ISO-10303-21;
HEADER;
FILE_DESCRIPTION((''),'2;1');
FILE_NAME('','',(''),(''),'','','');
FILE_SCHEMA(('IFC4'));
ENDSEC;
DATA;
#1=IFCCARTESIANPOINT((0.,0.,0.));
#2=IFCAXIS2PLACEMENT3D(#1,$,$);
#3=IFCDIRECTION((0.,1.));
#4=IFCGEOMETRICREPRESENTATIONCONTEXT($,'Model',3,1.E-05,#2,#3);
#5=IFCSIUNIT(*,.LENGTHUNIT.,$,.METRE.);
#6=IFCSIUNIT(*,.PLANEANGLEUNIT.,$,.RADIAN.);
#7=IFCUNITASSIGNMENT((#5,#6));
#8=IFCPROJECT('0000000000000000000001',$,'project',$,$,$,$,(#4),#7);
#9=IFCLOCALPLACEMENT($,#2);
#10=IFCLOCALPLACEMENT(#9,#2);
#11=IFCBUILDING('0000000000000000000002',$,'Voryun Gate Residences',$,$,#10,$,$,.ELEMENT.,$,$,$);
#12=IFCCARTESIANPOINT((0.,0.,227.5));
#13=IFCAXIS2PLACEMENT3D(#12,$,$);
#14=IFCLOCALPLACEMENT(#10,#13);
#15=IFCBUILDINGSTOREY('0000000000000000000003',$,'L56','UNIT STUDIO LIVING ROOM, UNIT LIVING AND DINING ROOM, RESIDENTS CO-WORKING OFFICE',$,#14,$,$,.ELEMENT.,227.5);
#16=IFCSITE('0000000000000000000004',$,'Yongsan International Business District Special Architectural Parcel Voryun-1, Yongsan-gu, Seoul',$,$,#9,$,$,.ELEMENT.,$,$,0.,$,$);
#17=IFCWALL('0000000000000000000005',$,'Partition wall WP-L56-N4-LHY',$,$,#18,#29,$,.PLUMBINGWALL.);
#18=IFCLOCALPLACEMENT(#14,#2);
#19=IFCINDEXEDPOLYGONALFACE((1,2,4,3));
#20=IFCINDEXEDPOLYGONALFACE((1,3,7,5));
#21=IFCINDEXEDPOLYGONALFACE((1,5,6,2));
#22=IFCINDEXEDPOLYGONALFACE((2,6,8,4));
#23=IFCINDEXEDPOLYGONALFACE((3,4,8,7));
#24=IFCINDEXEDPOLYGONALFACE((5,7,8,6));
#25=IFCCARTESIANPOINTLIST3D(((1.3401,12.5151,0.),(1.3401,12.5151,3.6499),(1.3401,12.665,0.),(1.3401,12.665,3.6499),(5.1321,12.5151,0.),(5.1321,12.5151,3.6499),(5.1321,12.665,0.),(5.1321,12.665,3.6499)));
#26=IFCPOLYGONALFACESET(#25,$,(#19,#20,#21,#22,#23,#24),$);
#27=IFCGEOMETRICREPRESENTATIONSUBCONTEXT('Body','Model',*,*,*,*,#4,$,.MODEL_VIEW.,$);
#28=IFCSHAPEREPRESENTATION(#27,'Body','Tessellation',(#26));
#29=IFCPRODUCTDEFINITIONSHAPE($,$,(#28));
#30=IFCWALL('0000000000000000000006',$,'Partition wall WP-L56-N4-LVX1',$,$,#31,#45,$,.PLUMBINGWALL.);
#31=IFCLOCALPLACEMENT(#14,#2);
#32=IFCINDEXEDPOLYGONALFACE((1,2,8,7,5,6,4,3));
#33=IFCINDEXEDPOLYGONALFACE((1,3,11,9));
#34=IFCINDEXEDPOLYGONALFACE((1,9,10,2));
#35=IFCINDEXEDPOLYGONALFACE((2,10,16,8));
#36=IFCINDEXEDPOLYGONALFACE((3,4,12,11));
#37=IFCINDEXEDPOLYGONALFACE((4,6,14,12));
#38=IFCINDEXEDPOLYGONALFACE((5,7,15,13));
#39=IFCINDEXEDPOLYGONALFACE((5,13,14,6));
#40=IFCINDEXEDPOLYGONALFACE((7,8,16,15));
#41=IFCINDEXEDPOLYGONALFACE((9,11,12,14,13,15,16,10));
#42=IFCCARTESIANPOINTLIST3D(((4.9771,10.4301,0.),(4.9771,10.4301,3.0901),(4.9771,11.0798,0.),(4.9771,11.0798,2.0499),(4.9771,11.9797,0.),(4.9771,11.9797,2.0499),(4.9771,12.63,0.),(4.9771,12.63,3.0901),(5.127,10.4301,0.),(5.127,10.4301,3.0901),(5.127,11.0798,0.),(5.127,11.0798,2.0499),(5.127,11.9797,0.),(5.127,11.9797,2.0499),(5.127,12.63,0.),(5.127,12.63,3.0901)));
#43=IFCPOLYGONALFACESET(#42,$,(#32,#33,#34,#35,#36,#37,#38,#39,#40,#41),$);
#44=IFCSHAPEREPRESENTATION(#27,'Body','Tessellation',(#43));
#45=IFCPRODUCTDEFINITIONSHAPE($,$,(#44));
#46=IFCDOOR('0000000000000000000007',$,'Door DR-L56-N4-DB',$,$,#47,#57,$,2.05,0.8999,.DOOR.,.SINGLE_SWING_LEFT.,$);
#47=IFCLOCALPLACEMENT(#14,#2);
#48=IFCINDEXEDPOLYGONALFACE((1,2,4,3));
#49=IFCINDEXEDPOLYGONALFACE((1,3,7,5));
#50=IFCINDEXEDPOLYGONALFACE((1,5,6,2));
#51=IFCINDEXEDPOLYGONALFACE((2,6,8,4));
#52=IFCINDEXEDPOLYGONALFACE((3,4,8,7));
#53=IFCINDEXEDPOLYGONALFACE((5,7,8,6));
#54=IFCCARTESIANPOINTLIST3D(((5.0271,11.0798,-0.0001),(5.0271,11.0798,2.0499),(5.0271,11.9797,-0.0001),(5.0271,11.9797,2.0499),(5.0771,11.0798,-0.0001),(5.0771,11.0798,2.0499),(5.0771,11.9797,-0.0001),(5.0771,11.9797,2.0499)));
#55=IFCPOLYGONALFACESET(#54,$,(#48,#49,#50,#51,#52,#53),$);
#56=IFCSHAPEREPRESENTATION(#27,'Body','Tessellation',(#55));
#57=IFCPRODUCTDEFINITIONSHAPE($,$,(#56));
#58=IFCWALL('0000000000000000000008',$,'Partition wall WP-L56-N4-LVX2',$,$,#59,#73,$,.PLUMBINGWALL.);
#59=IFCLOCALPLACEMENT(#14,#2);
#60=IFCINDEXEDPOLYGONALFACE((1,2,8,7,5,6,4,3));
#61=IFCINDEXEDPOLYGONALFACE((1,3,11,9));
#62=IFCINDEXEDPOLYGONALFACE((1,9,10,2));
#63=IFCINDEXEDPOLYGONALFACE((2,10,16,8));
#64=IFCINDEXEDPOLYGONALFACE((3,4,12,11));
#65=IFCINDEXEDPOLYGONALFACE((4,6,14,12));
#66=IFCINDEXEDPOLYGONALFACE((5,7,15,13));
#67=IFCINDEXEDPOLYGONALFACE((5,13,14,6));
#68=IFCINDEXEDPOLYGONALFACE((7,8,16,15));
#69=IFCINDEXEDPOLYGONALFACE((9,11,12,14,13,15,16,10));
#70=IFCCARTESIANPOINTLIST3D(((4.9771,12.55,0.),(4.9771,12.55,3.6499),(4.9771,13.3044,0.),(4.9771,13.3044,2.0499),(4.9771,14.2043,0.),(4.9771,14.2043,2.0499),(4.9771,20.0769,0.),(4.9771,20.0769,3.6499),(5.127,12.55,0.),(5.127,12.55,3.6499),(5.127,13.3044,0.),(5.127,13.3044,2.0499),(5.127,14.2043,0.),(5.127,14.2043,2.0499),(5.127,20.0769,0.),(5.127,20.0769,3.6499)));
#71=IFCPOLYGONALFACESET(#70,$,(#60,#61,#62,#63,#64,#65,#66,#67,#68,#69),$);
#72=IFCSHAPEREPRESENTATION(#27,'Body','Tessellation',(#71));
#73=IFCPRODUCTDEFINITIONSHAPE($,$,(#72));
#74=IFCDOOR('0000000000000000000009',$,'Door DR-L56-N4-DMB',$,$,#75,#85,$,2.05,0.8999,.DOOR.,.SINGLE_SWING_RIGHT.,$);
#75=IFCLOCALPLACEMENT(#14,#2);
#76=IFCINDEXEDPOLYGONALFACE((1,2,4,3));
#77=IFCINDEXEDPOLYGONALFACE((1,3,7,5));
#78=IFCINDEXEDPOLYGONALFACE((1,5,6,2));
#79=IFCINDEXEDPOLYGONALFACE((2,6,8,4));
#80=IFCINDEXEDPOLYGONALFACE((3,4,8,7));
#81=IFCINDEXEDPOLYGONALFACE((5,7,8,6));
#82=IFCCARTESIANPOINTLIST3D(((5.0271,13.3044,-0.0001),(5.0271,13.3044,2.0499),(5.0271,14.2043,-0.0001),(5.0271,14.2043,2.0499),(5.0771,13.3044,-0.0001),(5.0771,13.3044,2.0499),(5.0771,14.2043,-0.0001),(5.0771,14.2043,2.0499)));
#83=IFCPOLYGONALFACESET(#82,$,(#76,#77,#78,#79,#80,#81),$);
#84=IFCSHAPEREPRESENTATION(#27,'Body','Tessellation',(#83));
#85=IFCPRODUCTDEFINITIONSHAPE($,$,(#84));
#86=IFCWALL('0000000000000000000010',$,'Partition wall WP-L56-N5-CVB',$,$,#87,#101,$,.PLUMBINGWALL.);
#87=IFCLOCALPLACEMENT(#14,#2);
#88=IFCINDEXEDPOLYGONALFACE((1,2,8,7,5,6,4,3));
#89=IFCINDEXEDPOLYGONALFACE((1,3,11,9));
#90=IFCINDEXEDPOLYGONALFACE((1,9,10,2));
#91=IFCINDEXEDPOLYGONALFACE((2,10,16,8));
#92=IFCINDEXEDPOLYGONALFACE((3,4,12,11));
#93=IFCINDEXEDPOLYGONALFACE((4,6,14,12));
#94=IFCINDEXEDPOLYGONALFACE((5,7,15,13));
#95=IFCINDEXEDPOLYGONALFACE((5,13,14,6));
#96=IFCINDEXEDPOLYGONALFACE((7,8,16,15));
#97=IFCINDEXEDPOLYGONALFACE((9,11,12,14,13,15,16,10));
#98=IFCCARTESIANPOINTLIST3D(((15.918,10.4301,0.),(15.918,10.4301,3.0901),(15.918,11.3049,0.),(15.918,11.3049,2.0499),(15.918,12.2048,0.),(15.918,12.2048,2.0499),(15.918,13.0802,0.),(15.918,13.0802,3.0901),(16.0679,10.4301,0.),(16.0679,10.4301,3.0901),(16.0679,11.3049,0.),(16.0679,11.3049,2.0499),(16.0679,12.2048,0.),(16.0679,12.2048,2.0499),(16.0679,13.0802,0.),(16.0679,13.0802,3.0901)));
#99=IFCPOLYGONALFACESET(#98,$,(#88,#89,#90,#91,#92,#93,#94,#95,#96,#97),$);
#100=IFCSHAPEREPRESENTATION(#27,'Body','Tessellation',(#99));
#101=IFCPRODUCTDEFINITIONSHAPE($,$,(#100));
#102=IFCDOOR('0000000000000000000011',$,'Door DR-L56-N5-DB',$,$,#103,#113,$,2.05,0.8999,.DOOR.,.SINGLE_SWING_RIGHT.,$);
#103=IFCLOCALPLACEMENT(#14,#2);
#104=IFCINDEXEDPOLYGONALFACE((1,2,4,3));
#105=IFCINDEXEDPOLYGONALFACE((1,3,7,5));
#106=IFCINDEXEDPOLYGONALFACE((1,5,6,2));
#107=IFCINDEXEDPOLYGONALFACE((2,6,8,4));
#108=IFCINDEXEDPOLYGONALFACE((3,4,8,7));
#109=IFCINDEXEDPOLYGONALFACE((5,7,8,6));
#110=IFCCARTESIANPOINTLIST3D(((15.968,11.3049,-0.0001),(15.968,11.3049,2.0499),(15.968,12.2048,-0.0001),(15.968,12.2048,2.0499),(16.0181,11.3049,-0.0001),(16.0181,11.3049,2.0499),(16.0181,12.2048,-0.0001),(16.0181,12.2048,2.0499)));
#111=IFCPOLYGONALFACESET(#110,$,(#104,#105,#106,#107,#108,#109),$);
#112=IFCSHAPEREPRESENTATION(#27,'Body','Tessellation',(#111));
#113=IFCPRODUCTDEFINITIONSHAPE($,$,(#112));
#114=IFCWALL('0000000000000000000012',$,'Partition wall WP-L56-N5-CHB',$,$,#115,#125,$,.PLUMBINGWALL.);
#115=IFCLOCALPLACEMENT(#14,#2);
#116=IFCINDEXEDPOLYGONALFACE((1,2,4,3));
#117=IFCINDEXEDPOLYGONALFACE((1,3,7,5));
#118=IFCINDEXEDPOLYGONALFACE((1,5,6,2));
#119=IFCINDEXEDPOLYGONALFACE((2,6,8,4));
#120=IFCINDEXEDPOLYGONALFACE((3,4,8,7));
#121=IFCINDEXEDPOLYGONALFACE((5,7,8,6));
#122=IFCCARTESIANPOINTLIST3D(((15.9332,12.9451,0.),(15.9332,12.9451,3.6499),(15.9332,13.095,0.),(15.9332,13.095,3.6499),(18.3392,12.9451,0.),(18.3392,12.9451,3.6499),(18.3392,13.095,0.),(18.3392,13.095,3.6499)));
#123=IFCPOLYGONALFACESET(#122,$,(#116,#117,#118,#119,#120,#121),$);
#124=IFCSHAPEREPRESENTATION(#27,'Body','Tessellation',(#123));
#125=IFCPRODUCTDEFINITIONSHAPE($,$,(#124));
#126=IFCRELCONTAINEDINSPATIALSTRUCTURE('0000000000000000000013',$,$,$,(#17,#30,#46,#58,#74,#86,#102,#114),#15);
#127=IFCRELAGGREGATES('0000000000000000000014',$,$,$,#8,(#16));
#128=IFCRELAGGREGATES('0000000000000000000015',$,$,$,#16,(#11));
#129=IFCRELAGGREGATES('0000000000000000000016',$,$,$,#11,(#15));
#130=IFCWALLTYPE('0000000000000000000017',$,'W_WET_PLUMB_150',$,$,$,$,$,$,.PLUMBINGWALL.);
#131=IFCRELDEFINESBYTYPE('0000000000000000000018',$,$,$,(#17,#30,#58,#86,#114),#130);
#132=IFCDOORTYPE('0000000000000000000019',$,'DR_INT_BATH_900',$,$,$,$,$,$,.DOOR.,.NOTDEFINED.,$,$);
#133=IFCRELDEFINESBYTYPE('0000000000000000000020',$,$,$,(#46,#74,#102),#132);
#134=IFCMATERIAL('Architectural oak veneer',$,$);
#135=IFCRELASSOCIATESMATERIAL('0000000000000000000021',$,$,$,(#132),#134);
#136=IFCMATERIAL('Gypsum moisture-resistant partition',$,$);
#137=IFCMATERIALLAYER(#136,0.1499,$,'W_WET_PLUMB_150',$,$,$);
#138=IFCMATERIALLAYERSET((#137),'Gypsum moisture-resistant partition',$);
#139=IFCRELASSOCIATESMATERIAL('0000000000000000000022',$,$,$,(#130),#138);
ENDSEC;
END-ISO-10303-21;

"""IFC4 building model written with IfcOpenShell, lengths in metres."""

from ifc_helpers import new_model, si_unit, direction, frame, frame_2d, origin, place, context, subcontext, project, spatial, rectangle, extrude, material, layer, layer_set, type_object, element, fill, save


model = new_model("IFC4")

# Units and contexts
model_context = context("Model", 3, precision=1e-05, world=origin(), true_north=direction((0.0, 1.0)))
body_context = subcontext(model_context, "Body", "Model", "MODEL_VIEW")
ifc_project = project(units=[si_unit("LENGTHUNIT", "METRE"), si_unit("PLANEANGLEUNIT", "RADIAN")], contexts=[model_context])

# Site, building, storey
site_placement = place(None, origin())
site = spatial("IfcSite", under=ifc_project, at=site_placement, Name="Yongsan International Business District Special Architectural Parcel Voryun-1, Yongsan-gu, Seoul", CompositionType="ELEMENT", RefElevation=0.0)
building_placement = place(site_placement, origin())
building = spatial("IfcBuilding", under=site, at=building_placement, Name="Voryun Gate Residences", CompositionType="ELEMENT")
storey_placement = place(building_placement, frame((0.0, 0.0, 227.5)))
storey = spatial("IfcBuildingStorey", under=building, at=storey_placement, Name="L56", Description="UNIT STUDIO LIVING ROOM, UNIT LIVING AND DINING ROOM, RESIDENTS CO-WORKING OFFICE", CompositionType="ELEMENT", Elevation=227.5)

# Shared definitions
ifc_material_1 = material(Name="Architectural oak veneer")
door_type_1 = type_object("IfcDoorType", Name="DR_INT_BATH_900", OperationType="NOTDEFINED", PredefinedType="DOOR", material=ifc_material_1)

# Wall
ifc_material_2 = material(Name="Gypsum moisture-resistant partition")
ifc_layer_1 = layer(ifc_material_2, 0.1499, Name="W_WET_PLUMB_150")
ifc_layer_set_1 = layer_set([ifc_layer_1], Name="Gypsum moisture-resistant partition")
wall_type_1 = type_object("IfcWallType", Name="W_WET_PLUMB_150", PredefinedType="PLUMBINGWALL", material=ifc_layer_set_1)
wall_1_placement = place(storey_placement, frame((1.3401, 12.5901, 0.0), z_axis=(0.0, 0.0, 1.0), x_axis=(1.0, 0.0, 0.0)))
element("IfcWall", 1, at=wall_1_placement, inside=storey, type_object=wall_type_1, Name="Partition wall WP-L56-N4-LHY", PredefinedType="PLUMBINGWALL", context=body_context, shape_type="SweptSolid", body=[
    extrude(rectangle(XDim=3.792, YDim=0.1499, at=frame_2d((1.896, 0.0))), origin(), (0.0, 0.0, 1.0), 3.6499),
])

# Walls, openings, doors
wall_2_placement = place(storey_placement, frame((5.052, 10.4299, 0.0), z_axis=(0.0, 0.0, 1.0), x_axis=(0.0, 1.0, 0.0)))
wall_2 = element("IfcWall", 2, at=wall_2_placement, inside=storey, type_object=wall_type_1, Name="Partition wall WP-L56-N4-LVX1", PredefinedType="PLUMBINGWALL", context=body_context, shape_type="SweptSolid", body=[
    extrude(rectangle(XDim=2.2, YDim=0.1499, at=frame_2d((1.1001, 0.0))), origin(), (0.0, 0.0, 1.0), 3.0901),
])
opening_1_placement = place(wall_2_placement, frame((0.6499, 0.0, 0.0)))
opening_1 = element("IfcOpeningElement", 3, at=opening_1_placement, cuts=wall_2, PredefinedType="OPENING", context=body_context, shape_type="SweptSolid", body=[
    extrude(rectangle(XDim=0.8999, YDim=2.05, at=frame_2d((0.45, 1.0249))), frame((0.0, 0.085, 0.0), z_axis=(0.0, -1.0, 0.0), x_axis=(1.0, 0.0, 0.0)), (0.0, 0.0, 1.0), 0.1699),
])
door_1_placement = place(opening_1_placement, origin())
door_1 = element("IfcDoor", 4, at=door_1_placement, inside=storey, type_object=door_type_1, Name="Door DR-L56-N4-DB", OperationType="SINGLE_SWING_LEFT", OverallHeight=2.05, OverallWidth=0.8999, PredefinedType="DOOR", context=body_context, shape_type="SweptSolid", body=[
    extrude(rectangle(XDim=0.8999, YDim=2.05, at=frame_2d((0.45, 1.0249))), frame((0.0, 0.0249, 0.0), z_axis=(0.0, -1.0, 0.0), x_axis=(1.0, 0.0, 0.0)), (0.0, 0.0, 1.0), 0.05),
])
fill(opening_1, door_1)
wall_3_placement = place(storey_placement, frame((5.052, 12.55, 0.0), z_axis=(0.0, 0.0, 1.0), x_axis=(0.0, 1.0, 0.0)))
wall_3 = element("IfcWall", 5, at=wall_3_placement, inside=storey, type_object=wall_type_1, Name="Partition wall WP-L56-N4-LVX2", PredefinedType="PLUMBINGWALL", context=body_context, shape_type="SweptSolid", body=[
    extrude(rectangle(XDim=7.5269, YDim=0.1499, at=frame_2d((3.7634, 0.0))), origin(), (0.0, 0.0, 1.0), 3.6499),
])
opening_2_placement = place(wall_3_placement, frame((0.7544, 0.0, 0.0)))
opening_2 = element("IfcOpeningElement", 6, at=opening_2_placement, cuts=wall_3, PredefinedType="OPENING", context=body_context, shape_type="SweptSolid", body=[
    extrude(rectangle(XDim=0.8999, YDim=2.05, at=frame_2d((0.45, 1.0249))), frame((0.0, 0.085, 0.0), z_axis=(0.0, -1.0, 0.0), x_axis=(1.0, 0.0, 0.0)), (0.0, 0.0, 1.0), 0.1699),
])
door_2_placement = place(opening_2_placement, origin())
door_2 = element("IfcDoor", 7, at=door_2_placement, inside=storey, type_object=door_type_1, Name="Door DR-L56-N4-DMB", OperationType="SINGLE_SWING_RIGHT", OverallHeight=2.05, OverallWidth=0.8999, PredefinedType="DOOR", context=body_context, shape_type="SweptSolid", body=[
    extrude(rectangle(XDim=0.8999, YDim=2.05, at=frame_2d((0.45, 1.0249))), frame((0.0, 0.0249, 0.0), z_axis=(0.0, -1.0, 0.0), x_axis=(1.0, 0.0, 0.0)), (0.0, 0.0, 1.0), 0.05),
])
fill(opening_2, door_2)
wall_4_placement = place(storey_placement, frame((15.9929, 10.4299, 0.0), z_axis=(0.0, 0.0, 1.0), x_axis=(0.0, 1.0, 0.0)))
wall_4 = element("IfcWall", 8, at=wall_4_placement, inside=storey, type_object=wall_type_1, Name="Partition wall WP-L56-N5-CVB", PredefinedType="PLUMBINGWALL", context=body_context, shape_type="SweptSolid", body=[
    extrude(rectangle(XDim=2.6501, YDim=0.1499, at=frame_2d((1.3252, 0.0))), origin(), (0.0, 0.0, 1.0), 3.0901),
])
opening_3_placement = place(wall_4_placement, frame((0.875, 0.0, 0.0)))
opening_3 = element("IfcOpeningElement", 9, at=opening_3_placement, cuts=wall_4, PredefinedType="OPENING", context=body_context, shape_type="SweptSolid", body=[
    extrude(rectangle(XDim=0.8999, YDim=2.05, at=frame_2d((0.45, 1.0249))), frame((0.0, 0.085, 0.0), z_axis=(0.0, -1.0, 0.0), x_axis=(1.0, 0.0, 0.0)), (0.0, 0.0, 1.0), 0.1699),
])
door_3_placement = place(opening_3_placement, origin())
door_3 = element("IfcDoor", 10, at=door_3_placement, inside=storey, type_object=door_type_1, Name="Door DR-L56-N5-DB", OperationType="SINGLE_SWING_RIGHT", OverallHeight=2.05, OverallWidth=0.8999, PredefinedType="DOOR", context=body_context, shape_type="SweptSolid", body=[
    extrude(rectangle(XDim=0.8999, YDim=2.05, at=frame_2d((0.45, 1.0249))), frame((0.0, 0.0249, 0.0), z_axis=(0.0, -1.0, 0.0), x_axis=(1.0, 0.0, 0.0)), (0.0, 0.0, 1.0), 0.05),
])
fill(opening_3, door_3)

# Wall
wall_5_placement = place(storey_placement, frame((15.9331, 13.02, 0.0), z_axis=(0.0, 0.0, 1.0), x_axis=(1.0, 0.0, 0.0)))
element("IfcWall", 11, at=wall_5_placement, inside=storey, type_object=wall_type_1, Name="Partition wall WP-L56-N5-CHB", PredefinedType="PLUMBINGWALL", context=body_context, shape_type="SweptSolid", body=[
    extrude(rectangle(XDim=2.406, YDim=0.1499, at=frame_2d((1.2031, 0.0))), origin(), (0.0, 0.0, 1.0), 3.6499),
])

save(model, "model.ifc")
